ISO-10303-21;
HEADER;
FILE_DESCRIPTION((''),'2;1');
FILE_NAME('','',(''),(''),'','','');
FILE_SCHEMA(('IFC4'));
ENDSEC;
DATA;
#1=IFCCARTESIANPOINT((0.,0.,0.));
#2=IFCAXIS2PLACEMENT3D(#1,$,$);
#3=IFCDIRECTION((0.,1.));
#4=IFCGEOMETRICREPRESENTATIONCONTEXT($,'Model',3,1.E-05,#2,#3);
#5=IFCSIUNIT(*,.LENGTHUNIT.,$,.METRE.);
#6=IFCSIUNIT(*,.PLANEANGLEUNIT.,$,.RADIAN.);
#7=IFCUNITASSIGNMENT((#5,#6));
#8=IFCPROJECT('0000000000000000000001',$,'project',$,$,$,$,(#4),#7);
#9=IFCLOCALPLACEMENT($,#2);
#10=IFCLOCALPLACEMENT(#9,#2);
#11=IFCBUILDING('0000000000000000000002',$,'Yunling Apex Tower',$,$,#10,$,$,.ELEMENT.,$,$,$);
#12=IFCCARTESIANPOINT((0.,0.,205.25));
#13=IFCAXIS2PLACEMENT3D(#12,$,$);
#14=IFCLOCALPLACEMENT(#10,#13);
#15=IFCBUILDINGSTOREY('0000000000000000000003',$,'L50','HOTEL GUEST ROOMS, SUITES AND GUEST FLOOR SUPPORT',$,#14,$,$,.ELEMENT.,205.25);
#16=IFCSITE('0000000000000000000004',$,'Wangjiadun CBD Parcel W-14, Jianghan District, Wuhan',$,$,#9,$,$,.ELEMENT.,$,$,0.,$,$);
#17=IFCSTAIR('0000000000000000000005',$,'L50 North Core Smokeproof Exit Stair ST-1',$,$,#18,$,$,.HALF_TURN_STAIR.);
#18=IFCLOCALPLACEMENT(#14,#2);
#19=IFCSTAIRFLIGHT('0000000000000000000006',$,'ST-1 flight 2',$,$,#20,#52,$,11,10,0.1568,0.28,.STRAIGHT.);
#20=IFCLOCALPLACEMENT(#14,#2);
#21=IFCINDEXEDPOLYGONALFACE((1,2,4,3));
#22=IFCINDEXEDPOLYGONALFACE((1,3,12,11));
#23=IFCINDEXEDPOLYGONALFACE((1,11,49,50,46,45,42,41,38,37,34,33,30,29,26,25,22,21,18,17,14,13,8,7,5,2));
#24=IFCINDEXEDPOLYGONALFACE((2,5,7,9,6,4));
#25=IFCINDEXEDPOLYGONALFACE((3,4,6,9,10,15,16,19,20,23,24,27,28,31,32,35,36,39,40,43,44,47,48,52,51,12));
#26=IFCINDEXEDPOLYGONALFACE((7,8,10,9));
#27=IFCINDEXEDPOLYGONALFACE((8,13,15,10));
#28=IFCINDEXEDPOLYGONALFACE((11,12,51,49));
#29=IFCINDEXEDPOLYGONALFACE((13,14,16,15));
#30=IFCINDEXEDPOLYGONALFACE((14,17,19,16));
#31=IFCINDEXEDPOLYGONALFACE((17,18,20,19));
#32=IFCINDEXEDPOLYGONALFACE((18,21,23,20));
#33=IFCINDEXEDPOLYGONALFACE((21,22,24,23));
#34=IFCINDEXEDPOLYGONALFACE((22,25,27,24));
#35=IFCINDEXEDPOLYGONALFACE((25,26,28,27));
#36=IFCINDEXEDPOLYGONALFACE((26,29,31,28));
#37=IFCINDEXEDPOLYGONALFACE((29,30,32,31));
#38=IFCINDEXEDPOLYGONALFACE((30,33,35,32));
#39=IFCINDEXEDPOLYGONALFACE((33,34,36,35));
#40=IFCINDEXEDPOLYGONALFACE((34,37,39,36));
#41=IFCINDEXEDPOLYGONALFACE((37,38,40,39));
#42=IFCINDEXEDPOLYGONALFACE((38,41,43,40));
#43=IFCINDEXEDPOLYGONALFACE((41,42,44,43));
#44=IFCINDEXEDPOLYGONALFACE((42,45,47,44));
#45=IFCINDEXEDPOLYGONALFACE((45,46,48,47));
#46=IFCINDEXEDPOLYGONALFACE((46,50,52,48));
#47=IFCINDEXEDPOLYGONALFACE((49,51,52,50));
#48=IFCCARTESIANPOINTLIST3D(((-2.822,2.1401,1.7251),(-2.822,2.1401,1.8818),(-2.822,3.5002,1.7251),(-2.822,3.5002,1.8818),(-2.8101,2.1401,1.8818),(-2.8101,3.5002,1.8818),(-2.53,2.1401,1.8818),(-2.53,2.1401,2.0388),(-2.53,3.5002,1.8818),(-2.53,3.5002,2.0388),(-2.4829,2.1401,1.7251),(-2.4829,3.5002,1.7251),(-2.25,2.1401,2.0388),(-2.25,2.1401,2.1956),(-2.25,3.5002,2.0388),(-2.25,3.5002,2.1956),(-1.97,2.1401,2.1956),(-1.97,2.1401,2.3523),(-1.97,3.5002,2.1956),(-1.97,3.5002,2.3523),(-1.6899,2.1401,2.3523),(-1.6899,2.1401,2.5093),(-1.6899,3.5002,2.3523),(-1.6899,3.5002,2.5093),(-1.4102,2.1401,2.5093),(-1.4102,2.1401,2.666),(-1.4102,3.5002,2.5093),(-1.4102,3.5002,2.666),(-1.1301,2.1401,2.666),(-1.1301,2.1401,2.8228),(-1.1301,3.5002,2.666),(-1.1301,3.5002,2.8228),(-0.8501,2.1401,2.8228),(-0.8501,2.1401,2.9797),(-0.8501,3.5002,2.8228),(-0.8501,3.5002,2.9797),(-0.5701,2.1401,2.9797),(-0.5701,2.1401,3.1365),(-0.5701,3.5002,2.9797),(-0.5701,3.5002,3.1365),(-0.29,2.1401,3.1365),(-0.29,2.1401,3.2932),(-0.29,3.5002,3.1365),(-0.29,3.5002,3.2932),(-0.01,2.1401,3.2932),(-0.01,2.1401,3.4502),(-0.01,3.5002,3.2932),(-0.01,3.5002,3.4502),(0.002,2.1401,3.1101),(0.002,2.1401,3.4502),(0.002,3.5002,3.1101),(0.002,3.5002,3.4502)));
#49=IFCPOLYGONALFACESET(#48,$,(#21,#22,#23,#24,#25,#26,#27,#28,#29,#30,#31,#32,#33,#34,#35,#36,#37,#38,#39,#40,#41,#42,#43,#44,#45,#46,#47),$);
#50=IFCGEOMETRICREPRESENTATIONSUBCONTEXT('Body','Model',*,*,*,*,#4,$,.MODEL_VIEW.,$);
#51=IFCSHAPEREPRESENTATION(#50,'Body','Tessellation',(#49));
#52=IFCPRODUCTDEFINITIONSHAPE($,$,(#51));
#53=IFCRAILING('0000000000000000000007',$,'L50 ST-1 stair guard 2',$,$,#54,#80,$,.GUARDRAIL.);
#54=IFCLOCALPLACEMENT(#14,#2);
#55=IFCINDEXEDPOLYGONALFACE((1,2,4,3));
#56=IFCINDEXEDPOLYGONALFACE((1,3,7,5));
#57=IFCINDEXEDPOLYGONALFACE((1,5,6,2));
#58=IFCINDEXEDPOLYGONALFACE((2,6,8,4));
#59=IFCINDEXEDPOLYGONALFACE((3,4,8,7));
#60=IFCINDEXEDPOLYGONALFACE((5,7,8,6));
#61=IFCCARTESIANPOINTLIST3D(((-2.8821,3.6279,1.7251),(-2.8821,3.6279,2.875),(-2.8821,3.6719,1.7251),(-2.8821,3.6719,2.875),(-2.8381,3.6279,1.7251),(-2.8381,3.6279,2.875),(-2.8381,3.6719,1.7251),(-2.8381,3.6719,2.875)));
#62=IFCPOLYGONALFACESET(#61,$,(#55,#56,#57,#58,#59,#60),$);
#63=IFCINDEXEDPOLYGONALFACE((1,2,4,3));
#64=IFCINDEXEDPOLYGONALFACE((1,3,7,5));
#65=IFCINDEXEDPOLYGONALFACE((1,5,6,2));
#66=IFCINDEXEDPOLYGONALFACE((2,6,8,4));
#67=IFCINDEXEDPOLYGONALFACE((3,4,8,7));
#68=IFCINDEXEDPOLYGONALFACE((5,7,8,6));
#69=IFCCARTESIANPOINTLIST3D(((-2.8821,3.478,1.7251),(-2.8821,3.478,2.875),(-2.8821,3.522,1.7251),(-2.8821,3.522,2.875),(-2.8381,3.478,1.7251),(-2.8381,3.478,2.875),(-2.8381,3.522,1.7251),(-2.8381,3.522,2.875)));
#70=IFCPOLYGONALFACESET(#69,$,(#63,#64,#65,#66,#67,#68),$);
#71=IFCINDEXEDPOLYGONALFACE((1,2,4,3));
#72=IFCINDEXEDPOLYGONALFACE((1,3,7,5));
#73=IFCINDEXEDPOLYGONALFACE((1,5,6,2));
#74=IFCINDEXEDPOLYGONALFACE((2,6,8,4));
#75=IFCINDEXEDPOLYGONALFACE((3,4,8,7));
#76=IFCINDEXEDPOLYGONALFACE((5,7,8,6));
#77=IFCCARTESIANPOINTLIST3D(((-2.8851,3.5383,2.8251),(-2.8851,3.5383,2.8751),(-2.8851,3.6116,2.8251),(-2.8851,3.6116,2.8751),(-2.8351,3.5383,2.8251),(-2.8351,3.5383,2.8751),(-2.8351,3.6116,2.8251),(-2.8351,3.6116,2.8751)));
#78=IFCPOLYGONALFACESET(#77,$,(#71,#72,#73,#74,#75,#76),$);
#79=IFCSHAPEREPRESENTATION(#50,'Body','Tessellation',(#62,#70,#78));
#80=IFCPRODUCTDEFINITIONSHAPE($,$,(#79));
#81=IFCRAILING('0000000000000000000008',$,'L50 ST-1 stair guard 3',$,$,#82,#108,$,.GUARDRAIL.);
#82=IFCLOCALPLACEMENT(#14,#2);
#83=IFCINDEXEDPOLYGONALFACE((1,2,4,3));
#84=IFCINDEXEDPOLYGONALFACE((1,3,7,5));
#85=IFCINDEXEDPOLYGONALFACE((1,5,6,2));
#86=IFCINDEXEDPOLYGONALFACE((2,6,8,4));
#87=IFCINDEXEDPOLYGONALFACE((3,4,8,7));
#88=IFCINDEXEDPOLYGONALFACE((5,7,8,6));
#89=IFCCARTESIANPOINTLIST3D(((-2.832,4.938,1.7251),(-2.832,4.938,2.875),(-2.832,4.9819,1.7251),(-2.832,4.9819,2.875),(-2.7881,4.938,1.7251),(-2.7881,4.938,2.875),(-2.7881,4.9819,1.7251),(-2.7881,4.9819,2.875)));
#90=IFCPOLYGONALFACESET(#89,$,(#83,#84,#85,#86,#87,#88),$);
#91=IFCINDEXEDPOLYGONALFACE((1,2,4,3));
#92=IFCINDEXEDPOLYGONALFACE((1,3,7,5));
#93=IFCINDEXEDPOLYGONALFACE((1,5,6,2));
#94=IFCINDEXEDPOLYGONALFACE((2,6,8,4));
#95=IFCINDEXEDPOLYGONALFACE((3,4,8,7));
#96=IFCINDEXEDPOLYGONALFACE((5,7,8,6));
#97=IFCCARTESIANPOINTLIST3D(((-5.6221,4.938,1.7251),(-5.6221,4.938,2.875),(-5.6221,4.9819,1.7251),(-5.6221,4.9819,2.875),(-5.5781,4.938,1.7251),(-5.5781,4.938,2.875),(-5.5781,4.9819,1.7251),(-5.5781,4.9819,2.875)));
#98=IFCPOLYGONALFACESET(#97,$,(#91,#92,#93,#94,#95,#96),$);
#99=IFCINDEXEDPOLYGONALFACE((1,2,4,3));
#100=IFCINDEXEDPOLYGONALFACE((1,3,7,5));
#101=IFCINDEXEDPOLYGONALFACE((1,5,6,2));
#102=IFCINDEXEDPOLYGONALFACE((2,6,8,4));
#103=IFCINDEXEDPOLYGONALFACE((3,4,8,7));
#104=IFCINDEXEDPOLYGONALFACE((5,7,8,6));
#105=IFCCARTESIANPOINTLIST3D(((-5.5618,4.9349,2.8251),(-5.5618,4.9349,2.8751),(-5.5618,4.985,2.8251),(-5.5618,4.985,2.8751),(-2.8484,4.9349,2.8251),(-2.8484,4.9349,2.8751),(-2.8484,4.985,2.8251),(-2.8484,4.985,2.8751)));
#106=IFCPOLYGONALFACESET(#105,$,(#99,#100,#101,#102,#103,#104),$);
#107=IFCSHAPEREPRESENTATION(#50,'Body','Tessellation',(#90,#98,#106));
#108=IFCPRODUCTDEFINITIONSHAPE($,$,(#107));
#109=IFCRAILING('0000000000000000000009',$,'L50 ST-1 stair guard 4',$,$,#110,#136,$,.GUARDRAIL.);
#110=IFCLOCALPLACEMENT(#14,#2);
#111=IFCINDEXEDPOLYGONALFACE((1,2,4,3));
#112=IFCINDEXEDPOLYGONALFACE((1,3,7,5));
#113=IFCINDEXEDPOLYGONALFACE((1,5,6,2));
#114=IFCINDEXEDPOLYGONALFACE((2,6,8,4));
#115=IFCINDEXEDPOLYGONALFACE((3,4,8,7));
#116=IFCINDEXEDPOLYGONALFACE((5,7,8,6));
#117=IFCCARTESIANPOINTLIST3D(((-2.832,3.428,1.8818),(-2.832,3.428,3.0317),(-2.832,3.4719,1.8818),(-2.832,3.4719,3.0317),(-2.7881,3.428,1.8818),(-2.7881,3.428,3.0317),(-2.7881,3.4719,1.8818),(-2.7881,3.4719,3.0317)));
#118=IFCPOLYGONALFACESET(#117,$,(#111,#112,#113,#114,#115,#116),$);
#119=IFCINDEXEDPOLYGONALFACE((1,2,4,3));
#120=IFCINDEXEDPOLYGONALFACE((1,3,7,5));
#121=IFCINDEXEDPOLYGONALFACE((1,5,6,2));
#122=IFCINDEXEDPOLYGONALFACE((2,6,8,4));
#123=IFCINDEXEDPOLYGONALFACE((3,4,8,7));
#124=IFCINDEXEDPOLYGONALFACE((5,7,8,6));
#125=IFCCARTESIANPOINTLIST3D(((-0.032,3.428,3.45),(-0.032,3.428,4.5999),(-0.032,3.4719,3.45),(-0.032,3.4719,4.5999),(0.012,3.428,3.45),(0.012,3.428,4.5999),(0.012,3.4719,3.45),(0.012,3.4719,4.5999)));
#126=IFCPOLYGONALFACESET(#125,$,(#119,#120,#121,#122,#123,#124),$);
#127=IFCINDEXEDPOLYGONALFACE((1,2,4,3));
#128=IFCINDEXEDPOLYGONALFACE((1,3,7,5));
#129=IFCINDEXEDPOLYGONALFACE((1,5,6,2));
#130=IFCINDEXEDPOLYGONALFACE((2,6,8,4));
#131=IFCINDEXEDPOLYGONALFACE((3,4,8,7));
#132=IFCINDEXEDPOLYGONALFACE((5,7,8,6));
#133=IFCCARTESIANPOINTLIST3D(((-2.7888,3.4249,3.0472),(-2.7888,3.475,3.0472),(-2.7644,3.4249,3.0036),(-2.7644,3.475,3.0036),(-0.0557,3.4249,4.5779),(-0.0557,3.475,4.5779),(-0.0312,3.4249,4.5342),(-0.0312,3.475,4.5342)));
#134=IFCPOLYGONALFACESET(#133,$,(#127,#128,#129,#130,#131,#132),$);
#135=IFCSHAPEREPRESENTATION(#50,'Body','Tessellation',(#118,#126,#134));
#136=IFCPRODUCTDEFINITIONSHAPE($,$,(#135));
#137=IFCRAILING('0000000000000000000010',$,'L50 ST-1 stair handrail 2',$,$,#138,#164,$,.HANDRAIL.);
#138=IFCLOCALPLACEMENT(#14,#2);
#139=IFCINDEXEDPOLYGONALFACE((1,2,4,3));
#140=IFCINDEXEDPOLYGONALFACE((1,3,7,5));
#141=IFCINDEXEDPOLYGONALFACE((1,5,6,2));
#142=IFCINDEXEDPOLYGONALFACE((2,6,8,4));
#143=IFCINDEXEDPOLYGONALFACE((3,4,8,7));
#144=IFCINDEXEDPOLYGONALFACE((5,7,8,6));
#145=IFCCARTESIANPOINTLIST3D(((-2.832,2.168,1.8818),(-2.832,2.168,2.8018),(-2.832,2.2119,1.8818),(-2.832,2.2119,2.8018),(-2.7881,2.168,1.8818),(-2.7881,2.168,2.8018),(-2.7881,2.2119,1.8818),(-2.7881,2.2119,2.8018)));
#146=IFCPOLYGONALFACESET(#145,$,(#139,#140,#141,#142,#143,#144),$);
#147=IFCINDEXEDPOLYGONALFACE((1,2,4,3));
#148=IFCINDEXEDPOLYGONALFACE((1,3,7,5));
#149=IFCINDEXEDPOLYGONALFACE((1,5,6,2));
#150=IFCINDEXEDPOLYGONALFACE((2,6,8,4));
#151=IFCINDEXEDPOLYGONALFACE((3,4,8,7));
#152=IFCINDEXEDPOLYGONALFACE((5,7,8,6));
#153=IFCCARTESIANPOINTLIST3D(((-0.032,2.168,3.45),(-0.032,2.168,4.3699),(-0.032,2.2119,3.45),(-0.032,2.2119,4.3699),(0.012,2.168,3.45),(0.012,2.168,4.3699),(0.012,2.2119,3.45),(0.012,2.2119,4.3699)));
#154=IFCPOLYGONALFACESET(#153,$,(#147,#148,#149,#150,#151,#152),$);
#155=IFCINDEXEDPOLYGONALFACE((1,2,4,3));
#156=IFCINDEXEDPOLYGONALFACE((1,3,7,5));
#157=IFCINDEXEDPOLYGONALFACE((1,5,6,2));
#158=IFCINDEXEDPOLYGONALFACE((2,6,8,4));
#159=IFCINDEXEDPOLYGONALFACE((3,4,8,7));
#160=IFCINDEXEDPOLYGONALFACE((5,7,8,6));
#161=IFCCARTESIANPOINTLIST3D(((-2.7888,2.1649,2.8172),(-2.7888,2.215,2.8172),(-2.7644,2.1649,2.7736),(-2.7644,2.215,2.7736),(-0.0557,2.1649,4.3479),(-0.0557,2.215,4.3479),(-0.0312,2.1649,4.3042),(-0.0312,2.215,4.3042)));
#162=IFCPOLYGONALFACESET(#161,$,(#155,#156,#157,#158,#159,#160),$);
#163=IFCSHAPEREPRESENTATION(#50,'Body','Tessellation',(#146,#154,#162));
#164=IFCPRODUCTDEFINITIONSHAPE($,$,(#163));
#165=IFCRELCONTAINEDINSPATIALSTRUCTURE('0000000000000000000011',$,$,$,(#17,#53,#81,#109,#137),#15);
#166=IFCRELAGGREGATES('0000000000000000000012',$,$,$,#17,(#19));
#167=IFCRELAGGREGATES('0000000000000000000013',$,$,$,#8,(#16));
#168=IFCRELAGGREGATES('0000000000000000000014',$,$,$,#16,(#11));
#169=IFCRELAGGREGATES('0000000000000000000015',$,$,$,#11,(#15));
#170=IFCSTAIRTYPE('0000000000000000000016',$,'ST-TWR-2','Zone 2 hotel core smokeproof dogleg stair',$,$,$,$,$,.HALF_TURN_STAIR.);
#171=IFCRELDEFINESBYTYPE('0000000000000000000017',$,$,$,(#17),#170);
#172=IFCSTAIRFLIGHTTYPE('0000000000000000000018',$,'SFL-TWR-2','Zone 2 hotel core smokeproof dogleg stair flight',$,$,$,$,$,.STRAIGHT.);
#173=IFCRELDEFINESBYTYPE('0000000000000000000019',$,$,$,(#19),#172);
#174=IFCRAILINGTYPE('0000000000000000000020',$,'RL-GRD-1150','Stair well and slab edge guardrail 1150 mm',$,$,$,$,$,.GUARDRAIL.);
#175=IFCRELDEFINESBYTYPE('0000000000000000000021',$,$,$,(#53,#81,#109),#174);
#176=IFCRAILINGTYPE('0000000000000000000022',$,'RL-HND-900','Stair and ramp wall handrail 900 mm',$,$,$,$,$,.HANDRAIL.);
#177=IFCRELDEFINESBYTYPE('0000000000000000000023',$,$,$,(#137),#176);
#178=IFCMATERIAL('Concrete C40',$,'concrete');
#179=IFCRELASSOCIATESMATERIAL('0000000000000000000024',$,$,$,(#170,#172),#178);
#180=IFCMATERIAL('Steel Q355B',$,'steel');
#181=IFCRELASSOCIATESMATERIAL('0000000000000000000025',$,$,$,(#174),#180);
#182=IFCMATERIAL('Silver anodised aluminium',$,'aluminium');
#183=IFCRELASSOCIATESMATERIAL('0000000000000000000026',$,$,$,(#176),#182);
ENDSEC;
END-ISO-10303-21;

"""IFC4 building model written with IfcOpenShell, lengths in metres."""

from ifc_helpers import new_model, si_unit, direction, frame, origin, origin_2d, place, context, subcontext, project, spatial, polyline, rectangle, outline, extrude, material, type_object, element, aggregate, save


model = new_model("IFC4")

# Units and contexts
model_context = context("Model", 3, precision=1e-05, world=origin(), true_north=direction((0.0, 1.0)))
body_context = subcontext(model_context, "Body", "Model", "MODEL_VIEW")
ifc_project = project(units=[si_unit("LENGTHUNIT", "METRE"), si_unit("PLANEANGLEUNIT", "RADIAN")], contexts=[model_context])

# Site, building, storey
site_placement = place(None, origin())
site = spatial("IfcSite", under=ifc_project, at=site_placement, Name="Wangjiadun CBD Parcel W-14, Jianghan District, Wuhan", CompositionType="ELEMENT", RefElevation=0.0)
building_placement = place(site_placement, origin())
building = spatial("IfcBuilding", under=site, at=building_placement, Name="Yunling Apex Tower", CompositionType="ELEMENT")
storey_placement = place(building_placement, frame((0.0, 0.0, 205.25)))
storey = spatial("IfcBuildingStorey", under=building, at=storey_placement, Name="L50", Description="HOTEL GUEST ROOMS, SUITES AND GUEST FLOOR SUPPORT", CompositionType="ELEMENT", Elevation=205.25)

# Shared definitions
ifc_material_1 = material(Name="Steel Q355B", Category="steel")

# Shared definitions
ifc_material_2 = material(Name="Concrete C40", Category="concrete")

# Shared definitions
ifc_material_3 = material(Name="Silver anodised aluminium", Category="aluminium")

# Stair, stair flight
stair_type = type_object("IfcStairType", Name="ST-TWR-2", Description="Zone 2 hotel core smokeproof dogleg stair", PredefinedType="HALF_TURN_STAIR", material=ifc_material_2)
stair_placement = place(storey_placement, origin())
stair = element("IfcStair", 1, at=stair_placement, inside=storey, type_object=stair_type, Name="L50 North Core Smokeproof Exit Stair ST-1", PredefinedType="HALF_TURN_STAIR")
stair_flight_type = type_object("IfcStairFlightType", Name="SFL-TWR-2", Description="Zone 2 hotel core smokeproof dogleg stair flight", PredefinedType="STRAIGHT", material=ifc_material_2)
stair_flight_placement = place(storey_placement, frame((-2.8101, 2.8201, 1.7251), z_axis=(0.0, 0.0, 1.0), x_axis=(1.0, 0.0, 0.0)))
stair_flight = element("IfcStairFlight", 2, at=stair_flight_placement, type_object=stair_flight_type, Name="ST-1 flight 2", NumberOfRisers=11, NumberOfTreads=10, PredefinedType="STRAIGHT", RiserHeight=0.1568, TreadLength=0.28, context=body_context, shape_type="SweptSolid", body=[
    extrude(outline(polyline([(-0.012, 0.0), (-0.012, 0.1567), (0.0, 0.1567), (0.28, 0.1567), (0.28, 0.3137), (0.5601, 0.3137), (0.5601, 0.4705), (0.8401, 0.4705), (0.8401, 0.6272), (1.1201, 0.6272), (1.1201, 0.7842), (1.3999, 0.7842), (1.3999, 0.9409), (1.6799, 0.9409), (1.6799, 1.0977), (1.96, 1.0977), (1.96, 1.2546), (2.24, 1.2546), (2.24, 1.4114), (2.52, 1.4114), (2.52, 1.5681), (2.8, 1.5681), (2.8, 1.7251), (2.812, 1.7251), (2.812, 1.385), (0.3271, 0.0), (-0.012, 0.0)])), frame((0.0, 0.6802, 0.0), z_axis=(0.0, -1.0, 0.0), x_axis=(1.0, 0.0, 0.0)), (0.0, 0.0, 1.0), 1.3601),
])
aggregate(stair, [stair_flight])

# Railings
railing_type_1 = type_object("IfcRailingType", Name="RL-GRD-1150", Description="Stair well and slab edge guardrail 1150 mm", PredefinedType="GUARDRAIL", material=ifc_material_1)
railing_1_placement = place(storey_placement, frame((-2.8601, 3.6499, 1.7251)))
element("IfcRailing", 3, at=railing_1_placement, inside=storey, type_object=railing_type_1, Name="L50 ST-1 stair guard 2", PredefinedType="GUARDRAIL", context=body_context, shape_type="SweptSolid", body=[
    extrude(rectangle(XDim=0.0439, YDim=0.0439, at=origin_2d()), origin(), (0.0, 0.0, 1.0), 1.1499),
    extrude(rectangle(XDim=0.0439, YDim=0.0439, at=origin_2d()), frame((0.0, -0.1499, 0.0)), (0.0, 0.0, 1.0), 1.1499),
    extrude(rectangle(XDim=0.05, YDim=0.05, at=origin_2d()), frame((0.0, -0.0383, 1.125), z_axis=(0.0, -1.0, 0.0), x_axis=(1.0, 0.0, 0.0)), (0.0, 0.0, 1.0), 0.0732),
])
railing_2_placement = place(storey_placement, frame((-2.8101, 4.96, 1.7251)))
element("IfcRailing", 4, at=railing_2_placement, inside=storey, type_object=railing_type_1, Name="L50 ST-1 stair guard 3", PredefinedType="GUARDRAIL", context=body_context, shape_type="SweptSolid", body=[
    extrude(rectangle(XDim=0.0439, YDim=0.0439, at=origin_2d()), origin(), (0.0, 0.0, 1.0), 1.1499),
    extrude(rectangle(XDim=0.0439, YDim=0.0439, at=origin_2d()), frame((-2.79, 0.0, 0.0)), (0.0, 0.0, 1.0), 1.1499),
    extrude(rectangle(XDim=0.05, YDim=0.05, at=origin_2d()), frame((-0.0383, 0.0, 1.125), z_axis=(-1.0, 0.0, 0.0), x_axis=(0.0, -1.0, 0.0)), (0.0, 0.0, 1.0), 2.7134),
])
railing_3_placement = place(storey_placement, frame((-2.8101, 3.45, 1.8818)))
element("IfcRailing", 5, at=railing_3_placement, inside=storey, type_object=railing_type_1, Name="L50 ST-1 stair guard 4", PredefinedType="GUARDRAIL", context=body_context, shape_type="SweptSolid", body=[
    extrude(rectangle(XDim=0.0439, YDim=0.0439, at=origin_2d()), origin(), (0.0, 0.0, 1.0), 1.1499),
    extrude(rectangle(XDim=0.0439, YDim=0.0439, at=origin_2d()), frame((2.8, 0.0, 1.5681)), (0.0, 0.0, 1.0), 1.1499),
    extrude(rectangle(XDim=0.05, YDim=0.05, at=origin_2d()), frame((0.0334, 0.0, 1.1436), z_axis=(0.872494, 0.0, 0.488624), x_axis=(0.0, 1.0, 0.0)), (0.0, 0.0, 1.0), 3.1326),
])
railing_type_2 = type_object("IfcRailingType", Name="RL-HND-900", Description="Stair and ramp wall handrail 900 mm", PredefinedType="HANDRAIL", material=ifc_material_3)
railing_4_placement = place(storey_placement, frame((-2.8101, 2.1899, 1.8818)))
element("IfcRailing", 6, at=railing_4_placement, inside=storey, type_object=railing_type_2, Name="L50 ST-1 stair handrail 2", PredefinedType="HANDRAIL", context=body_context, shape_type="SweptSolid", body=[
    extrude(rectangle(XDim=0.0439, YDim=0.0439, at=origin_2d()), origin(), (0.0, 0.0, 1.0), 0.9199),
    extrude(rectangle(XDim=0.0439, YDim=0.0439, at=origin_2d()), frame((2.8, 0.0, 1.5681)), (0.0, 0.0, 1.0), 0.9199),
    extrude(rectangle(XDim=0.05, YDim=0.05, at=origin_2d()), frame((0.0334, 0.0, 0.9136), z_axis=(0.872494, 0.0, 0.488624), x_axis=(0.0, 1.0, 0.0)), (0.0, 0.0, 1.0), 3.1326),
])

save(model, "model.ifc")
